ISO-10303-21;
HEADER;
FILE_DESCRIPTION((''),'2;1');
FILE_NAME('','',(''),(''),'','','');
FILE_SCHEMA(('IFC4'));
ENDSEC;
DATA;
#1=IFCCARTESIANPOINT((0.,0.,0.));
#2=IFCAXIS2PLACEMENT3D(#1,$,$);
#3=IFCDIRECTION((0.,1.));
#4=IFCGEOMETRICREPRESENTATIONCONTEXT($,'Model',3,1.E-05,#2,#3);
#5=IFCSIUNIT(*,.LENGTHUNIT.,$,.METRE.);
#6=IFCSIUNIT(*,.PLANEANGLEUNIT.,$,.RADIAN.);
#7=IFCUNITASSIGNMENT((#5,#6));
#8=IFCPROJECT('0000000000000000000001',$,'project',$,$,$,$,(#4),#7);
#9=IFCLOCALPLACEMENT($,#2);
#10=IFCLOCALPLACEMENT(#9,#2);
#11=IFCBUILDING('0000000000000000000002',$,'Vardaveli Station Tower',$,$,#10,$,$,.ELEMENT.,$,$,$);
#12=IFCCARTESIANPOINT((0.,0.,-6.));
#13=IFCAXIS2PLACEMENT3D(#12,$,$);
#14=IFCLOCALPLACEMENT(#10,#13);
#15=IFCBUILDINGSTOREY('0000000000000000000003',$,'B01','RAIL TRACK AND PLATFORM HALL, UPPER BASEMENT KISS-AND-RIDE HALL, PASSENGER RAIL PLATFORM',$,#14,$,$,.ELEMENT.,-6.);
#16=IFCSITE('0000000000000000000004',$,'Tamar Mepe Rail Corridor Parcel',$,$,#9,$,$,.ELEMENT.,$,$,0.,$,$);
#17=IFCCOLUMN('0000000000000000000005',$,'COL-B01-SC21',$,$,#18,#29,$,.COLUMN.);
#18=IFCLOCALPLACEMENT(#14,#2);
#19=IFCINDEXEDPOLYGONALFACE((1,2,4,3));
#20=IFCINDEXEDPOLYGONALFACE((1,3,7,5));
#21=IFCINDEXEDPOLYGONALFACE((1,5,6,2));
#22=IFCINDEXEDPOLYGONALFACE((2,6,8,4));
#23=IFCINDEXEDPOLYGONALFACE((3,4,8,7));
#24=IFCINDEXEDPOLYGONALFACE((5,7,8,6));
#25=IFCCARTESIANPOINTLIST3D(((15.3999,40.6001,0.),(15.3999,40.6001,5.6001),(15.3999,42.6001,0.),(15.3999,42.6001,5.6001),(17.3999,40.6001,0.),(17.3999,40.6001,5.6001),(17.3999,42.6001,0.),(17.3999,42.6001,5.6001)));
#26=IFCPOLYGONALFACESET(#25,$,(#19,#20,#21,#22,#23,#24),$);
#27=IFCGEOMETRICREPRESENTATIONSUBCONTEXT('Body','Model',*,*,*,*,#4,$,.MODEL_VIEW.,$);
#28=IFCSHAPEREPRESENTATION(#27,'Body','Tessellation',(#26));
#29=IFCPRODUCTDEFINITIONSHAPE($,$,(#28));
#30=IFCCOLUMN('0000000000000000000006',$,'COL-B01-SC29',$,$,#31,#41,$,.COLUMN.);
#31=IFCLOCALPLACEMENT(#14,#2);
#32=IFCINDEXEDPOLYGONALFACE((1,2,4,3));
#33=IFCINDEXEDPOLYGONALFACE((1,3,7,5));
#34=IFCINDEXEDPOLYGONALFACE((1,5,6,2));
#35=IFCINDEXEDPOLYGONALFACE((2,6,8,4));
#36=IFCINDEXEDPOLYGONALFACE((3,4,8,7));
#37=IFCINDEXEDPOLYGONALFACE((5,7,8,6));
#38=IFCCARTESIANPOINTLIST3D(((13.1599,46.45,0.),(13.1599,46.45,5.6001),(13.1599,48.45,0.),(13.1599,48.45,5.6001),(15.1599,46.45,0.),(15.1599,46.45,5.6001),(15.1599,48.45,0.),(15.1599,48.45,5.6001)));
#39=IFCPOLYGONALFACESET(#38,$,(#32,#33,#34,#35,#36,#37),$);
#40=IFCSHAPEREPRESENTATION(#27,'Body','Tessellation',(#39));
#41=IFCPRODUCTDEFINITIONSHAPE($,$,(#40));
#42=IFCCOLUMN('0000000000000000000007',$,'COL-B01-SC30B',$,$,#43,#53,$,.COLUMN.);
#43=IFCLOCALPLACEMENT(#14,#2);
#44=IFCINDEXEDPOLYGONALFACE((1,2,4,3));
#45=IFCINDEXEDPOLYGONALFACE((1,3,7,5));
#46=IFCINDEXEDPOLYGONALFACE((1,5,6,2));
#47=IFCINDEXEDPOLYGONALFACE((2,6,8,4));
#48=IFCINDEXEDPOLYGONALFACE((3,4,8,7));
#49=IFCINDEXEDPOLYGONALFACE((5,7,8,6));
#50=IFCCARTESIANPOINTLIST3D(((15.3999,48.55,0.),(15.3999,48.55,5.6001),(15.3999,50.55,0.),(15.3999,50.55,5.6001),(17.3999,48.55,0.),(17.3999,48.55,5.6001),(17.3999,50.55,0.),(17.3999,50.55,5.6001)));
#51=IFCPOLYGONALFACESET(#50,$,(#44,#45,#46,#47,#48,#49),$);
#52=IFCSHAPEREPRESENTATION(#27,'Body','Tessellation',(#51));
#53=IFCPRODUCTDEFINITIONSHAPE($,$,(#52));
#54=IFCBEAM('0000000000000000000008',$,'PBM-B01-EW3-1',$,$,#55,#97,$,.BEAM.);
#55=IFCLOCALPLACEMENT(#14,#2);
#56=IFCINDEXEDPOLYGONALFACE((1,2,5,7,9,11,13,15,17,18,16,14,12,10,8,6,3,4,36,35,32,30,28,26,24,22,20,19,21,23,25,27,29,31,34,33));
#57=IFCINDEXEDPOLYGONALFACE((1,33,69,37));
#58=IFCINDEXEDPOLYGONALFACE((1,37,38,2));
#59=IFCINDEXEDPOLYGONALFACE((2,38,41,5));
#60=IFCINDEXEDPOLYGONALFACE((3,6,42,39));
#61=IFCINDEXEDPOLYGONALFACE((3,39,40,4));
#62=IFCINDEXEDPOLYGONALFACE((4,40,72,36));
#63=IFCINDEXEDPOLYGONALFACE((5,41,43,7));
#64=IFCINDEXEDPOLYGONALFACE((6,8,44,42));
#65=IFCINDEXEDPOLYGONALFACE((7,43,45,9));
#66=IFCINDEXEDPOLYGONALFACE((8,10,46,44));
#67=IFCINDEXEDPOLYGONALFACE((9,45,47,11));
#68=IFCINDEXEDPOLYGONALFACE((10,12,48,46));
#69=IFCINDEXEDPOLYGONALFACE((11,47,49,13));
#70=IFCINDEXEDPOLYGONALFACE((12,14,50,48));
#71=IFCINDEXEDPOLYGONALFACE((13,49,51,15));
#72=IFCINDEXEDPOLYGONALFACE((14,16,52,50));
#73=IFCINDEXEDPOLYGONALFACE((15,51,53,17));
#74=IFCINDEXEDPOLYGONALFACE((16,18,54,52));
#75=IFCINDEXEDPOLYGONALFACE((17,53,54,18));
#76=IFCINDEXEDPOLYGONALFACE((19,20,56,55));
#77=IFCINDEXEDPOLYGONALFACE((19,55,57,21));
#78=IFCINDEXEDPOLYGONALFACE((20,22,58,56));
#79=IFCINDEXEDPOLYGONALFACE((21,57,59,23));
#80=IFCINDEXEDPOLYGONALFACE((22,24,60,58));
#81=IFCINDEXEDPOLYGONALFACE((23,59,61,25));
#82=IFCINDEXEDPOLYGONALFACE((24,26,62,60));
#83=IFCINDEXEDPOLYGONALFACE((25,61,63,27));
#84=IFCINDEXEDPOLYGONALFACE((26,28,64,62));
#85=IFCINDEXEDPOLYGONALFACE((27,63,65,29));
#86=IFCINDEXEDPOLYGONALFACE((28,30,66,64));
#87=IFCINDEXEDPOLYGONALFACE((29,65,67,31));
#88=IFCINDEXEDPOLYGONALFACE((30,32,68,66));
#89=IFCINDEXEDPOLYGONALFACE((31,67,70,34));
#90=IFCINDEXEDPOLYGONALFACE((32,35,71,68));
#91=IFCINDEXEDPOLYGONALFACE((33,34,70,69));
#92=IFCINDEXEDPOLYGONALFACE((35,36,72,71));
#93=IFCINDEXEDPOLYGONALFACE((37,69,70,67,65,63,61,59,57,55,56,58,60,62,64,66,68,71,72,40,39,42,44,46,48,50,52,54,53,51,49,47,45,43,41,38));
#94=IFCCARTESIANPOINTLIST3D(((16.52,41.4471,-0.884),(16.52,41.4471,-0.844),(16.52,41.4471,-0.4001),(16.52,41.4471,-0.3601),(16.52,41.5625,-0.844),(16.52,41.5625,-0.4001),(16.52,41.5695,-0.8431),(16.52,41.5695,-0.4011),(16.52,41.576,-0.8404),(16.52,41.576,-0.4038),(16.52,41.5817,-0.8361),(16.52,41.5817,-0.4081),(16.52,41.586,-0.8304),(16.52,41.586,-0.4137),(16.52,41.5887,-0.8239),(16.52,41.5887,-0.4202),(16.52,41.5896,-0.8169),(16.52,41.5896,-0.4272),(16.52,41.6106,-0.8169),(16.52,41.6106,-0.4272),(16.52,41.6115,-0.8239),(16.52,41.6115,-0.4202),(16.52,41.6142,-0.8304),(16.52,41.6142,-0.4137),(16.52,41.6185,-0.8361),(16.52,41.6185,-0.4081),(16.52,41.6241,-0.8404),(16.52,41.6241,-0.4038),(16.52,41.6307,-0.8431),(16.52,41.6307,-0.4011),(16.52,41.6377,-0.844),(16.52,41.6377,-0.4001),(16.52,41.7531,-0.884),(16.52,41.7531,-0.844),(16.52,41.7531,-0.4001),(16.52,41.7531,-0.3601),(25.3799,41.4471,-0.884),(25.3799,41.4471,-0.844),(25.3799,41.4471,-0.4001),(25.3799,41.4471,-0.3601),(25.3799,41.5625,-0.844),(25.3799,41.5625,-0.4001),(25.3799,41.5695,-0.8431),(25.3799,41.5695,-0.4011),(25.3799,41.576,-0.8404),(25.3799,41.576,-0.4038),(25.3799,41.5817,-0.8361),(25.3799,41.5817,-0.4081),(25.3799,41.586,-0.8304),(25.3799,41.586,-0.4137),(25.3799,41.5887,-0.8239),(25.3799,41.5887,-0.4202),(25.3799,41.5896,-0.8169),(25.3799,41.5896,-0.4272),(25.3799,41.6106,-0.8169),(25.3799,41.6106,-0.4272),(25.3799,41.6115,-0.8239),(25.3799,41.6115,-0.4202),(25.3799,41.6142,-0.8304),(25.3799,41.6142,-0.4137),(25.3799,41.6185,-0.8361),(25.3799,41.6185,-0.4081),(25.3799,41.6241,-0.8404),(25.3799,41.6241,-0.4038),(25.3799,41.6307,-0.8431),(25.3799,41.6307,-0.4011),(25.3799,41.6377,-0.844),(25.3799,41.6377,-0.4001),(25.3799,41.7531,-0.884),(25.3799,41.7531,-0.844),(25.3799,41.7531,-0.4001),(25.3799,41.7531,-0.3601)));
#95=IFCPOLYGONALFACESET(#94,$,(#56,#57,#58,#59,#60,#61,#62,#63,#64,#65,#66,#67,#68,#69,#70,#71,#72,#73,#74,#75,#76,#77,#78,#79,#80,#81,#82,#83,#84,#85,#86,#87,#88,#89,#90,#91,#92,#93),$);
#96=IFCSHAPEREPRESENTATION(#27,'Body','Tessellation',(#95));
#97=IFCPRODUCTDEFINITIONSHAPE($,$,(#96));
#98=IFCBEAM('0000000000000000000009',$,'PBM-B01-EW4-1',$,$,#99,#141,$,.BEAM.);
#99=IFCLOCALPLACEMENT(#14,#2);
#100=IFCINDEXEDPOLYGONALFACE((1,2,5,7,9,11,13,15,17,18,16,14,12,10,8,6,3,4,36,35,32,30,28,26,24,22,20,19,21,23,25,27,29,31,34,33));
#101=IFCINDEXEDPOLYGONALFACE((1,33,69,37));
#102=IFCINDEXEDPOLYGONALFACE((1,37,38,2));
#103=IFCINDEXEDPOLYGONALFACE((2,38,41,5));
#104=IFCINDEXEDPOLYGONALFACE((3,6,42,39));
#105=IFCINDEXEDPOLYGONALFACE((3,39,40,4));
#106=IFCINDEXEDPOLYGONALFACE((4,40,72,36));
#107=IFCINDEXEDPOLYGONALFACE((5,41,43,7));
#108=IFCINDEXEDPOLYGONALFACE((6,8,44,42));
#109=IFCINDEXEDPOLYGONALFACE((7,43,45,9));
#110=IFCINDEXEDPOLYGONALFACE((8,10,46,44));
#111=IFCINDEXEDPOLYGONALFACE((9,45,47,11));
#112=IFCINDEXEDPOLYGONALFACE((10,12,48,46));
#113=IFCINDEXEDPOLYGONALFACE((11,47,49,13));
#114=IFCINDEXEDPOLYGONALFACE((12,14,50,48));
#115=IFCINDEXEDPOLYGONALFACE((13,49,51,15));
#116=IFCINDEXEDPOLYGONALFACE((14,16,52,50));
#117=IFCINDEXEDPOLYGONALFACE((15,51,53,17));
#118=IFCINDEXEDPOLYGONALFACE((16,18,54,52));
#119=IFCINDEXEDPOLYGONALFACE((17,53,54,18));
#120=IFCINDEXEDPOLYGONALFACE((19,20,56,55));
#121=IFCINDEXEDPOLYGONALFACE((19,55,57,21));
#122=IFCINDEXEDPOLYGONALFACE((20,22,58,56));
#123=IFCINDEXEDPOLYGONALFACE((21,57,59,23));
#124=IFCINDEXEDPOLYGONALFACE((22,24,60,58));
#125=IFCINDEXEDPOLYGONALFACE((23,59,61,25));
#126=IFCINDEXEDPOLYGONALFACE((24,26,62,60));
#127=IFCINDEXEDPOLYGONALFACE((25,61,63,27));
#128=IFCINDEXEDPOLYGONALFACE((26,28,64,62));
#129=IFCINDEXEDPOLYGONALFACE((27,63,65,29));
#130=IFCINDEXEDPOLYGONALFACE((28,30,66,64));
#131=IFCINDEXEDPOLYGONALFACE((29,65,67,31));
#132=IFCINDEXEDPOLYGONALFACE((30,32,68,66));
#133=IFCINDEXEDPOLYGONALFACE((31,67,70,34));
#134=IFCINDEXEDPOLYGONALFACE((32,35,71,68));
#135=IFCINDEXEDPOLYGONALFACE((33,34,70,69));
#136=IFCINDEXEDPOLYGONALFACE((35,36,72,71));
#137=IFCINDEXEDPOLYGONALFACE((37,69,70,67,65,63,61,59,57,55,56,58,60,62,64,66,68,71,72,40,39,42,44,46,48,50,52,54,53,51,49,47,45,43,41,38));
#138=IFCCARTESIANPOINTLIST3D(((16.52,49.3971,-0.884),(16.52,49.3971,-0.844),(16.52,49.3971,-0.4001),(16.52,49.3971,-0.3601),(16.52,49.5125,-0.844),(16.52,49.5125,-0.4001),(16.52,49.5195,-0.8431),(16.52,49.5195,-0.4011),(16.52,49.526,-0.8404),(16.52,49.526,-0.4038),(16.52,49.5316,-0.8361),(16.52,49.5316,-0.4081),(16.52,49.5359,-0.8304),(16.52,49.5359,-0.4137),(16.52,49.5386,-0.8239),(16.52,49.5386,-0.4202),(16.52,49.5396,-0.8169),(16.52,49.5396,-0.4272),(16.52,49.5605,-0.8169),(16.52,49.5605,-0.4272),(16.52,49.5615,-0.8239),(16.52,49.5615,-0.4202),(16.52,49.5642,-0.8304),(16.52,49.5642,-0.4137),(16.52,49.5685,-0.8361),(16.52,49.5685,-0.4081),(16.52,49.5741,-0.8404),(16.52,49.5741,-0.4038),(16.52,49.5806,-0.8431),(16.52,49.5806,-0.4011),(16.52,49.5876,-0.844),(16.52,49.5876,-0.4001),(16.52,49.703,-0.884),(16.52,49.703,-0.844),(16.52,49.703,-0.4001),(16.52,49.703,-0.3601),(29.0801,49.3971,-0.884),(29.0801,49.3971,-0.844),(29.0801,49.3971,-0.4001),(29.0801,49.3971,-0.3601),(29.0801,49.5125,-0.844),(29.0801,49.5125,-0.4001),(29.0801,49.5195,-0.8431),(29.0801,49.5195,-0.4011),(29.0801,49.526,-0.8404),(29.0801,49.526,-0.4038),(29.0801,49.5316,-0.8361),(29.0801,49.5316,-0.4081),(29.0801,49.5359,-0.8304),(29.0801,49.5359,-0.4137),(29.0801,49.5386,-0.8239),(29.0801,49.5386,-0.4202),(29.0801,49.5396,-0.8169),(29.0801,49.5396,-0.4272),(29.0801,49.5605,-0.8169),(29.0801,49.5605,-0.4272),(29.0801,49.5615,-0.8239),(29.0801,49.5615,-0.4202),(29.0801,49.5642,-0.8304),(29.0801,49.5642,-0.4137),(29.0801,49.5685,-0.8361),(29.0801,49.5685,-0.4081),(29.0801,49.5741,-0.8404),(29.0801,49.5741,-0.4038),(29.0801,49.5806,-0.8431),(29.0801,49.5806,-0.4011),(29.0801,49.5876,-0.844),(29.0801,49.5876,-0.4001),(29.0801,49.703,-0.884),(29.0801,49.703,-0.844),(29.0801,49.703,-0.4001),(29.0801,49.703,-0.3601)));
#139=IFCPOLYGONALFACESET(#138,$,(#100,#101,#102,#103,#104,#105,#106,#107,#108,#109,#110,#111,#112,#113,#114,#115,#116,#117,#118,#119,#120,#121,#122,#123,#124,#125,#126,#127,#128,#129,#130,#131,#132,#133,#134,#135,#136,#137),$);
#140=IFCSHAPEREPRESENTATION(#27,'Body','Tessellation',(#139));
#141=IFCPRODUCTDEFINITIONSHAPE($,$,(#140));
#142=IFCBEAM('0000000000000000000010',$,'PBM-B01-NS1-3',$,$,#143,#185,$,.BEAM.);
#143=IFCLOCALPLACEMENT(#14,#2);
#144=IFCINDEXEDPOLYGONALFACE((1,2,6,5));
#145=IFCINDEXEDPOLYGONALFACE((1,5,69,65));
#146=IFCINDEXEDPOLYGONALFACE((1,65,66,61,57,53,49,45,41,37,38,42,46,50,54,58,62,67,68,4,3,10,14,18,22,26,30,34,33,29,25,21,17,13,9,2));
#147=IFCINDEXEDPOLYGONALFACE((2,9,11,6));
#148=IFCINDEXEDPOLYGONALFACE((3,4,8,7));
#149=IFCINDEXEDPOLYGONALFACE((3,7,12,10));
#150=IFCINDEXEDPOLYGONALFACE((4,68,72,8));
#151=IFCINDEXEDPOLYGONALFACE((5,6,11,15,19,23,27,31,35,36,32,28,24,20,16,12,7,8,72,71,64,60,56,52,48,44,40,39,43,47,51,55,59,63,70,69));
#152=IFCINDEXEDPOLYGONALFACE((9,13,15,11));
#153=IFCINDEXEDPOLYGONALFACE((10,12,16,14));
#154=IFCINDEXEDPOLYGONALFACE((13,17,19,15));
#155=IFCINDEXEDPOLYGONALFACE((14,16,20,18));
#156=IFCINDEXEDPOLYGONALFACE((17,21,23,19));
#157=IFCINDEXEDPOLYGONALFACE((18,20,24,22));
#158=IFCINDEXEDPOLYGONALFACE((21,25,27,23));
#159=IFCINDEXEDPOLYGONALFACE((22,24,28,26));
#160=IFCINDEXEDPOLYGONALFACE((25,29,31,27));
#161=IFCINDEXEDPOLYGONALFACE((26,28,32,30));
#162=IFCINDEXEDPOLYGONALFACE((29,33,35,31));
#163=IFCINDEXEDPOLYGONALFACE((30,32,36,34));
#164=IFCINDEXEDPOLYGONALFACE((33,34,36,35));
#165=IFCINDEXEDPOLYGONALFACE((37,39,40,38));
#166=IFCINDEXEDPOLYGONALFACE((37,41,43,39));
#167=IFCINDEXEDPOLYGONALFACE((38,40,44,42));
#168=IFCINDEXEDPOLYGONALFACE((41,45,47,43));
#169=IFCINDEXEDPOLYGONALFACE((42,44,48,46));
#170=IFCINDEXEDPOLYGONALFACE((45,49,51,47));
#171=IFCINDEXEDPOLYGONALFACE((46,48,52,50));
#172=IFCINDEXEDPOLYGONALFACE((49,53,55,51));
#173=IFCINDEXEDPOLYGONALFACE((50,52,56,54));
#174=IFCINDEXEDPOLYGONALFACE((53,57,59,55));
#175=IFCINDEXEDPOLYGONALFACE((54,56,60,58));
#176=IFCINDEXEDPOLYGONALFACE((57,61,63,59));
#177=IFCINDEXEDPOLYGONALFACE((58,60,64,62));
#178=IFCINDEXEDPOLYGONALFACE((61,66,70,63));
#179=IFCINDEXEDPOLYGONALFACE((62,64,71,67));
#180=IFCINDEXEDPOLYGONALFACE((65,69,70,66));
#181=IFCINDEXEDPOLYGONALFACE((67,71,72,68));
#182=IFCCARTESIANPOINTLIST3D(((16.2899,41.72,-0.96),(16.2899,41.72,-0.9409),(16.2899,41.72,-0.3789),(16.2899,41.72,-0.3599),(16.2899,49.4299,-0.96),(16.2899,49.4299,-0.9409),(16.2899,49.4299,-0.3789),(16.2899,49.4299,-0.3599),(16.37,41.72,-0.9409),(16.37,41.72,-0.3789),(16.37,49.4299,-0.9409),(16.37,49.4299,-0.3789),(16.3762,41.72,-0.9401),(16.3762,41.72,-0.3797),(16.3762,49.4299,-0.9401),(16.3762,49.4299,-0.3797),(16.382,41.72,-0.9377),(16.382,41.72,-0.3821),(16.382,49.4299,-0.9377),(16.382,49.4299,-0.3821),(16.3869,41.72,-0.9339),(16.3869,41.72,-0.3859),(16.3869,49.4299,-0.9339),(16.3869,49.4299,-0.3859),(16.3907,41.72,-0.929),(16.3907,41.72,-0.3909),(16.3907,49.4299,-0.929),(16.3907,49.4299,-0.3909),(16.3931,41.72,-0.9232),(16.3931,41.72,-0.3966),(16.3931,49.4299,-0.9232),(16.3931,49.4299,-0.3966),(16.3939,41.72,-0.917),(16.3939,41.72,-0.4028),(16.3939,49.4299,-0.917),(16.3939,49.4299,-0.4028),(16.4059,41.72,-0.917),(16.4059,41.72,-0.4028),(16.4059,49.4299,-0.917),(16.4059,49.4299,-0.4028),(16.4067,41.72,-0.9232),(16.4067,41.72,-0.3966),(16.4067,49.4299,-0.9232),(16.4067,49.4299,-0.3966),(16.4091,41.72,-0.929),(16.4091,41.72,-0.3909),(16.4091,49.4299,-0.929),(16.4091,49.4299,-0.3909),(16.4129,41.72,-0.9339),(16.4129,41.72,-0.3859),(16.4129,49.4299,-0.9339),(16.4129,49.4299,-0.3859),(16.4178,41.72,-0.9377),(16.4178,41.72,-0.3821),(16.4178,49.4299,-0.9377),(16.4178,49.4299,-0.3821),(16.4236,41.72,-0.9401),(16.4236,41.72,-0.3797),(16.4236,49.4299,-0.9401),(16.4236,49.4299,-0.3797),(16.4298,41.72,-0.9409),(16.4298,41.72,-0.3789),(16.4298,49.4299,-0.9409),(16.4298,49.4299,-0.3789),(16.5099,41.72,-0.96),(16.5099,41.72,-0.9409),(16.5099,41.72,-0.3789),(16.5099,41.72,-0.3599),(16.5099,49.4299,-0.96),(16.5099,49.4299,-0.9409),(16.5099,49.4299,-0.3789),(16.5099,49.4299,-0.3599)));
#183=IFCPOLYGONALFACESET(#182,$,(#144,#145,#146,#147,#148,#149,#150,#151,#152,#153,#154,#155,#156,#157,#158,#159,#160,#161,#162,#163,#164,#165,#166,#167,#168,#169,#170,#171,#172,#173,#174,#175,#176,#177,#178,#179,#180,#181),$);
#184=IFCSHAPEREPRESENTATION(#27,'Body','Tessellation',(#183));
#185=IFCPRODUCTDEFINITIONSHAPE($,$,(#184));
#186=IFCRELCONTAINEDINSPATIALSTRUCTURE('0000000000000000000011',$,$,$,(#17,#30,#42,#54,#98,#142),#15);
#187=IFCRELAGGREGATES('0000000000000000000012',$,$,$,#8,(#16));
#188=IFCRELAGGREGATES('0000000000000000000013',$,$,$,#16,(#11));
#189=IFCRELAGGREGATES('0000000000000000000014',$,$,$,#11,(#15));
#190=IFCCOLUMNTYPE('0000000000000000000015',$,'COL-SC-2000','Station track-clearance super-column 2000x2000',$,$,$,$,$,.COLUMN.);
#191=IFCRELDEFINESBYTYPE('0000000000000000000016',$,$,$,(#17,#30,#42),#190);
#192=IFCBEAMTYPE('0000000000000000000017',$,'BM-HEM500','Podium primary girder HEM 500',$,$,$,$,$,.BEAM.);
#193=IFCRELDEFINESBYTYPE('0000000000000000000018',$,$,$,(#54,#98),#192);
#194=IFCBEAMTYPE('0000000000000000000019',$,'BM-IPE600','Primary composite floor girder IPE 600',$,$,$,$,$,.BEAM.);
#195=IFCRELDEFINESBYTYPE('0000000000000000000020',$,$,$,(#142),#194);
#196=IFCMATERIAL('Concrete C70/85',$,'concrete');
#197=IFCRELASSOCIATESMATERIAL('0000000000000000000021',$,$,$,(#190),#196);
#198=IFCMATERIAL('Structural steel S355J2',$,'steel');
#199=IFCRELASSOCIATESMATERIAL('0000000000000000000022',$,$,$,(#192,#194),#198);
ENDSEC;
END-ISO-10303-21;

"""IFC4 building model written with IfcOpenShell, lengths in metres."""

from ifc_helpers import new_model, si_unit, direction, frame, origin, origin_2d, place, context, subcontext, project, spatial, rectangle, i_section, extrude, source, transform, mapped, material, material_profile, profile_set, type_object, element, save


model = new_model("IFC4")

# Units and contexts
model_context = context("Model", 3, precision=1e-05, world=origin(), true_north=direction((0.0, 1.0)))
body_context = subcontext(model_context, "Body", "Model", "MODEL_VIEW")
ifc_project = project(units=[si_unit("LENGTHUNIT", "METRE"), si_unit("PLANEANGLEUNIT", "RADIAN")], contexts=[model_context])

# Site, building, storey
site_placement = place(None, origin())
site = spatial("IfcSite", under=ifc_project, at=site_placement, Name="Tamar Mepe Rail Corridor Parcel", CompositionType="ELEMENT", RefElevation=0.0)
building_placement = place(site_placement, origin())
building = spatial("IfcBuilding", under=site, at=building_placement, Name="Vardaveli Station Tower", CompositionType="ELEMENT")
storey_placement = place(building_placement, frame((0.0, 0.0, -6.0)))
storey = spatial("IfcBuildingStorey", under=building, at=storey_placement, Name="B01", Description="RAIL TRACK AND PLATFORM HALL, UPPER BASEMENT KISS-AND-RIDE HALL, PASSENGER RAIL PLATFORM", CompositionType="ELEMENT", Elevation=-6.0)

# Columns
ifc_material_1 = material(Name="Concrete C70/85", Category="concrete")
ifc_material_profile_1 = material_profile(ifc_material_1, rectangle(XDim=2.0, YDim=2.0, at=origin_2d()), Name="SC 2000x2000")
ifc_profile_set_1 = profile_set([ifc_material_profile_1], Name="Concrete C70/85")
column_type = type_object("IfcColumnType", Name="COL-SC-2000", Description="Station track-clearance super-column 2000x2000", PredefinedType="COLUMN", material=ifc_profile_set_1)
shared_shape_1 = source(origin(), body_context, "Body", "SweptSolid", [
    extrude(rectangle(XDim=2.0, YDim=2.0, at=origin_2d()), origin(), (0.0, 0.0, 1.0), 5.6001),
])
for number, where, z_axis, x_axis, name in (
    (1, (16.3999, 41.6001, 0.0), (0.0, 0.0, 1.0), (1.0, 0.0, 0.0), "COL-B01-SC21"),
    (2, (14.1599, 47.45, 0.0), (0.0, 0.0, 1.0), (1.0, 0.0, 0.0), "COL-B01-SC29"),
    (3, (16.3999, 49.55, 0.0), (0.0, 0.0, 1.0), (1.0, 0.0, 0.0), "COL-B01-SC30B"),
):
    element("IfcColumn", number, at=place(storey_placement, frame(where, z_axis=z_axis, x_axis=x_axis)), inside=storey, type_object=column_type, Name=name, PredefinedType="COLUMN", context=body_context, shape_type="MappedRepresentation", body=[
        mapped(shared_shape_1, transform((0.0, 0.0, 0.0), scale=1.0)),
    ])

# Beams
ifc_material_2 = material(Name="Structural steel S355J2", Category="steel")
ifc_material_profile_2 = material_profile(ifc_material_2, i_section(OverallWidth=0.3059, OverallDepth=0.5239, WebThickness=0.021, FlangeThickness=0.04, FilletRadius=0.0271, at=origin_2d()), Name="HEM 500")
ifc_profile_set_2 = profile_set([ifc_material_profile_2], Name="Structural steel S355J2")
beam_type_1 = type_object("IfcBeamType", Name="BM-HEM500", Description="Podium primary girder HEM 500", PredefinedType="BEAM", material=ifc_profile_set_2)
shared_shape_2 = source(origin(), body_context, "Body", "SweptSolid", [
    extrude(i_section(OverallWidth=0.3059, OverallDepth=0.5239, WebThickness=0.021, FlangeThickness=0.04, FilletRadius=0.0271, at=origin_2d()), origin(), (0.0, 0.0, 1.0), 8.8599),
])
beam_1_placement = place(storey_placement, frame((16.52, 41.6001, -0.6221), z_axis=(1.0, 0.0, 0.0), x_axis=(0.0, 1.0, 0.0)))
element("IfcBeam", 4, at=beam_1_placement, inside=storey, type_object=beam_type_1, Name="PBM-B01-EW3-1", PredefinedType="BEAM", context=body_context, shape_type="MappedRepresentation", body=[
    mapped(shared_shape_2, transform((0.0, 0.0, 0.0), scale=1.0)),
])
shared_shape_3 = source(origin(), body_context, "Body", "SweptSolid", [
    extrude(i_section(OverallWidth=0.3059, OverallDepth=0.5239, WebThickness=0.021, FlangeThickness=0.04, FilletRadius=0.0271, at=origin_2d()), origin(), (0.0, 0.0, 1.0), 12.5601),
])
beam_2_placement = place(storey_placement, frame((16.52, 49.55, -0.6221), z_axis=(1.0, 0.0, 0.0), x_axis=(0.0, 1.0, 0.0)))
element("IfcBeam", 5, at=beam_2_placement, inside=storey, type_object=beam_type_1, Name="PBM-B01-EW4-1", PredefinedType="BEAM", context=body_context, shape_type="MappedRepresentation", body=[
    mapped(shared_shape_3, transform((0.0, 0.0, 0.0), scale=1.0)),
])
ifc_material_profile_3 = material_profile(ifc_material_2, i_section(OverallWidth=0.22, OverallDepth=0.6001, WebThickness=0.012, FlangeThickness=0.019, FilletRadius=0.0239, at=origin_2d()), Name="IPE 600")
ifc_profile_set_3 = profile_set([ifc_material_profile_3], Name="Structural steel S355J2")
beam_type_2 = type_object("IfcBeamType", Name="BM-IPE600", Description="Primary composite floor girder IPE 600", PredefinedType="BEAM", material=ifc_profile_set_3)
shared_shape_4 = source(origin(), body_context, "Body", "SweptSolid", [
    extrude(i_section(OverallWidth=0.22, OverallDepth=0.6001, WebThickness=0.012, FlangeThickness=0.019, FilletRadius=0.0239, at=origin_2d()), origin(), (0.0, 0.0, 1.0), 7.71),
])
beam_3_placement = place(storey_placement, frame((16.3999, 41.72, -0.6599), z_axis=(0.0, 1.0, 0.0), x_axis=(-1.0, 0.0, 0.0)))
element("IfcBeam", 6, at=beam_3_placement, inside=storey, type_object=beam_type_2, Name="PBM-B01-NS1-3", PredefinedType="BEAM", context=body_context, shape_type="MappedRepresentation", body=[
    mapped(shared_shape_4, transform((0.0, 0.0, 0.0), scale=1.0)),
])

save(model, "model.ifc")
